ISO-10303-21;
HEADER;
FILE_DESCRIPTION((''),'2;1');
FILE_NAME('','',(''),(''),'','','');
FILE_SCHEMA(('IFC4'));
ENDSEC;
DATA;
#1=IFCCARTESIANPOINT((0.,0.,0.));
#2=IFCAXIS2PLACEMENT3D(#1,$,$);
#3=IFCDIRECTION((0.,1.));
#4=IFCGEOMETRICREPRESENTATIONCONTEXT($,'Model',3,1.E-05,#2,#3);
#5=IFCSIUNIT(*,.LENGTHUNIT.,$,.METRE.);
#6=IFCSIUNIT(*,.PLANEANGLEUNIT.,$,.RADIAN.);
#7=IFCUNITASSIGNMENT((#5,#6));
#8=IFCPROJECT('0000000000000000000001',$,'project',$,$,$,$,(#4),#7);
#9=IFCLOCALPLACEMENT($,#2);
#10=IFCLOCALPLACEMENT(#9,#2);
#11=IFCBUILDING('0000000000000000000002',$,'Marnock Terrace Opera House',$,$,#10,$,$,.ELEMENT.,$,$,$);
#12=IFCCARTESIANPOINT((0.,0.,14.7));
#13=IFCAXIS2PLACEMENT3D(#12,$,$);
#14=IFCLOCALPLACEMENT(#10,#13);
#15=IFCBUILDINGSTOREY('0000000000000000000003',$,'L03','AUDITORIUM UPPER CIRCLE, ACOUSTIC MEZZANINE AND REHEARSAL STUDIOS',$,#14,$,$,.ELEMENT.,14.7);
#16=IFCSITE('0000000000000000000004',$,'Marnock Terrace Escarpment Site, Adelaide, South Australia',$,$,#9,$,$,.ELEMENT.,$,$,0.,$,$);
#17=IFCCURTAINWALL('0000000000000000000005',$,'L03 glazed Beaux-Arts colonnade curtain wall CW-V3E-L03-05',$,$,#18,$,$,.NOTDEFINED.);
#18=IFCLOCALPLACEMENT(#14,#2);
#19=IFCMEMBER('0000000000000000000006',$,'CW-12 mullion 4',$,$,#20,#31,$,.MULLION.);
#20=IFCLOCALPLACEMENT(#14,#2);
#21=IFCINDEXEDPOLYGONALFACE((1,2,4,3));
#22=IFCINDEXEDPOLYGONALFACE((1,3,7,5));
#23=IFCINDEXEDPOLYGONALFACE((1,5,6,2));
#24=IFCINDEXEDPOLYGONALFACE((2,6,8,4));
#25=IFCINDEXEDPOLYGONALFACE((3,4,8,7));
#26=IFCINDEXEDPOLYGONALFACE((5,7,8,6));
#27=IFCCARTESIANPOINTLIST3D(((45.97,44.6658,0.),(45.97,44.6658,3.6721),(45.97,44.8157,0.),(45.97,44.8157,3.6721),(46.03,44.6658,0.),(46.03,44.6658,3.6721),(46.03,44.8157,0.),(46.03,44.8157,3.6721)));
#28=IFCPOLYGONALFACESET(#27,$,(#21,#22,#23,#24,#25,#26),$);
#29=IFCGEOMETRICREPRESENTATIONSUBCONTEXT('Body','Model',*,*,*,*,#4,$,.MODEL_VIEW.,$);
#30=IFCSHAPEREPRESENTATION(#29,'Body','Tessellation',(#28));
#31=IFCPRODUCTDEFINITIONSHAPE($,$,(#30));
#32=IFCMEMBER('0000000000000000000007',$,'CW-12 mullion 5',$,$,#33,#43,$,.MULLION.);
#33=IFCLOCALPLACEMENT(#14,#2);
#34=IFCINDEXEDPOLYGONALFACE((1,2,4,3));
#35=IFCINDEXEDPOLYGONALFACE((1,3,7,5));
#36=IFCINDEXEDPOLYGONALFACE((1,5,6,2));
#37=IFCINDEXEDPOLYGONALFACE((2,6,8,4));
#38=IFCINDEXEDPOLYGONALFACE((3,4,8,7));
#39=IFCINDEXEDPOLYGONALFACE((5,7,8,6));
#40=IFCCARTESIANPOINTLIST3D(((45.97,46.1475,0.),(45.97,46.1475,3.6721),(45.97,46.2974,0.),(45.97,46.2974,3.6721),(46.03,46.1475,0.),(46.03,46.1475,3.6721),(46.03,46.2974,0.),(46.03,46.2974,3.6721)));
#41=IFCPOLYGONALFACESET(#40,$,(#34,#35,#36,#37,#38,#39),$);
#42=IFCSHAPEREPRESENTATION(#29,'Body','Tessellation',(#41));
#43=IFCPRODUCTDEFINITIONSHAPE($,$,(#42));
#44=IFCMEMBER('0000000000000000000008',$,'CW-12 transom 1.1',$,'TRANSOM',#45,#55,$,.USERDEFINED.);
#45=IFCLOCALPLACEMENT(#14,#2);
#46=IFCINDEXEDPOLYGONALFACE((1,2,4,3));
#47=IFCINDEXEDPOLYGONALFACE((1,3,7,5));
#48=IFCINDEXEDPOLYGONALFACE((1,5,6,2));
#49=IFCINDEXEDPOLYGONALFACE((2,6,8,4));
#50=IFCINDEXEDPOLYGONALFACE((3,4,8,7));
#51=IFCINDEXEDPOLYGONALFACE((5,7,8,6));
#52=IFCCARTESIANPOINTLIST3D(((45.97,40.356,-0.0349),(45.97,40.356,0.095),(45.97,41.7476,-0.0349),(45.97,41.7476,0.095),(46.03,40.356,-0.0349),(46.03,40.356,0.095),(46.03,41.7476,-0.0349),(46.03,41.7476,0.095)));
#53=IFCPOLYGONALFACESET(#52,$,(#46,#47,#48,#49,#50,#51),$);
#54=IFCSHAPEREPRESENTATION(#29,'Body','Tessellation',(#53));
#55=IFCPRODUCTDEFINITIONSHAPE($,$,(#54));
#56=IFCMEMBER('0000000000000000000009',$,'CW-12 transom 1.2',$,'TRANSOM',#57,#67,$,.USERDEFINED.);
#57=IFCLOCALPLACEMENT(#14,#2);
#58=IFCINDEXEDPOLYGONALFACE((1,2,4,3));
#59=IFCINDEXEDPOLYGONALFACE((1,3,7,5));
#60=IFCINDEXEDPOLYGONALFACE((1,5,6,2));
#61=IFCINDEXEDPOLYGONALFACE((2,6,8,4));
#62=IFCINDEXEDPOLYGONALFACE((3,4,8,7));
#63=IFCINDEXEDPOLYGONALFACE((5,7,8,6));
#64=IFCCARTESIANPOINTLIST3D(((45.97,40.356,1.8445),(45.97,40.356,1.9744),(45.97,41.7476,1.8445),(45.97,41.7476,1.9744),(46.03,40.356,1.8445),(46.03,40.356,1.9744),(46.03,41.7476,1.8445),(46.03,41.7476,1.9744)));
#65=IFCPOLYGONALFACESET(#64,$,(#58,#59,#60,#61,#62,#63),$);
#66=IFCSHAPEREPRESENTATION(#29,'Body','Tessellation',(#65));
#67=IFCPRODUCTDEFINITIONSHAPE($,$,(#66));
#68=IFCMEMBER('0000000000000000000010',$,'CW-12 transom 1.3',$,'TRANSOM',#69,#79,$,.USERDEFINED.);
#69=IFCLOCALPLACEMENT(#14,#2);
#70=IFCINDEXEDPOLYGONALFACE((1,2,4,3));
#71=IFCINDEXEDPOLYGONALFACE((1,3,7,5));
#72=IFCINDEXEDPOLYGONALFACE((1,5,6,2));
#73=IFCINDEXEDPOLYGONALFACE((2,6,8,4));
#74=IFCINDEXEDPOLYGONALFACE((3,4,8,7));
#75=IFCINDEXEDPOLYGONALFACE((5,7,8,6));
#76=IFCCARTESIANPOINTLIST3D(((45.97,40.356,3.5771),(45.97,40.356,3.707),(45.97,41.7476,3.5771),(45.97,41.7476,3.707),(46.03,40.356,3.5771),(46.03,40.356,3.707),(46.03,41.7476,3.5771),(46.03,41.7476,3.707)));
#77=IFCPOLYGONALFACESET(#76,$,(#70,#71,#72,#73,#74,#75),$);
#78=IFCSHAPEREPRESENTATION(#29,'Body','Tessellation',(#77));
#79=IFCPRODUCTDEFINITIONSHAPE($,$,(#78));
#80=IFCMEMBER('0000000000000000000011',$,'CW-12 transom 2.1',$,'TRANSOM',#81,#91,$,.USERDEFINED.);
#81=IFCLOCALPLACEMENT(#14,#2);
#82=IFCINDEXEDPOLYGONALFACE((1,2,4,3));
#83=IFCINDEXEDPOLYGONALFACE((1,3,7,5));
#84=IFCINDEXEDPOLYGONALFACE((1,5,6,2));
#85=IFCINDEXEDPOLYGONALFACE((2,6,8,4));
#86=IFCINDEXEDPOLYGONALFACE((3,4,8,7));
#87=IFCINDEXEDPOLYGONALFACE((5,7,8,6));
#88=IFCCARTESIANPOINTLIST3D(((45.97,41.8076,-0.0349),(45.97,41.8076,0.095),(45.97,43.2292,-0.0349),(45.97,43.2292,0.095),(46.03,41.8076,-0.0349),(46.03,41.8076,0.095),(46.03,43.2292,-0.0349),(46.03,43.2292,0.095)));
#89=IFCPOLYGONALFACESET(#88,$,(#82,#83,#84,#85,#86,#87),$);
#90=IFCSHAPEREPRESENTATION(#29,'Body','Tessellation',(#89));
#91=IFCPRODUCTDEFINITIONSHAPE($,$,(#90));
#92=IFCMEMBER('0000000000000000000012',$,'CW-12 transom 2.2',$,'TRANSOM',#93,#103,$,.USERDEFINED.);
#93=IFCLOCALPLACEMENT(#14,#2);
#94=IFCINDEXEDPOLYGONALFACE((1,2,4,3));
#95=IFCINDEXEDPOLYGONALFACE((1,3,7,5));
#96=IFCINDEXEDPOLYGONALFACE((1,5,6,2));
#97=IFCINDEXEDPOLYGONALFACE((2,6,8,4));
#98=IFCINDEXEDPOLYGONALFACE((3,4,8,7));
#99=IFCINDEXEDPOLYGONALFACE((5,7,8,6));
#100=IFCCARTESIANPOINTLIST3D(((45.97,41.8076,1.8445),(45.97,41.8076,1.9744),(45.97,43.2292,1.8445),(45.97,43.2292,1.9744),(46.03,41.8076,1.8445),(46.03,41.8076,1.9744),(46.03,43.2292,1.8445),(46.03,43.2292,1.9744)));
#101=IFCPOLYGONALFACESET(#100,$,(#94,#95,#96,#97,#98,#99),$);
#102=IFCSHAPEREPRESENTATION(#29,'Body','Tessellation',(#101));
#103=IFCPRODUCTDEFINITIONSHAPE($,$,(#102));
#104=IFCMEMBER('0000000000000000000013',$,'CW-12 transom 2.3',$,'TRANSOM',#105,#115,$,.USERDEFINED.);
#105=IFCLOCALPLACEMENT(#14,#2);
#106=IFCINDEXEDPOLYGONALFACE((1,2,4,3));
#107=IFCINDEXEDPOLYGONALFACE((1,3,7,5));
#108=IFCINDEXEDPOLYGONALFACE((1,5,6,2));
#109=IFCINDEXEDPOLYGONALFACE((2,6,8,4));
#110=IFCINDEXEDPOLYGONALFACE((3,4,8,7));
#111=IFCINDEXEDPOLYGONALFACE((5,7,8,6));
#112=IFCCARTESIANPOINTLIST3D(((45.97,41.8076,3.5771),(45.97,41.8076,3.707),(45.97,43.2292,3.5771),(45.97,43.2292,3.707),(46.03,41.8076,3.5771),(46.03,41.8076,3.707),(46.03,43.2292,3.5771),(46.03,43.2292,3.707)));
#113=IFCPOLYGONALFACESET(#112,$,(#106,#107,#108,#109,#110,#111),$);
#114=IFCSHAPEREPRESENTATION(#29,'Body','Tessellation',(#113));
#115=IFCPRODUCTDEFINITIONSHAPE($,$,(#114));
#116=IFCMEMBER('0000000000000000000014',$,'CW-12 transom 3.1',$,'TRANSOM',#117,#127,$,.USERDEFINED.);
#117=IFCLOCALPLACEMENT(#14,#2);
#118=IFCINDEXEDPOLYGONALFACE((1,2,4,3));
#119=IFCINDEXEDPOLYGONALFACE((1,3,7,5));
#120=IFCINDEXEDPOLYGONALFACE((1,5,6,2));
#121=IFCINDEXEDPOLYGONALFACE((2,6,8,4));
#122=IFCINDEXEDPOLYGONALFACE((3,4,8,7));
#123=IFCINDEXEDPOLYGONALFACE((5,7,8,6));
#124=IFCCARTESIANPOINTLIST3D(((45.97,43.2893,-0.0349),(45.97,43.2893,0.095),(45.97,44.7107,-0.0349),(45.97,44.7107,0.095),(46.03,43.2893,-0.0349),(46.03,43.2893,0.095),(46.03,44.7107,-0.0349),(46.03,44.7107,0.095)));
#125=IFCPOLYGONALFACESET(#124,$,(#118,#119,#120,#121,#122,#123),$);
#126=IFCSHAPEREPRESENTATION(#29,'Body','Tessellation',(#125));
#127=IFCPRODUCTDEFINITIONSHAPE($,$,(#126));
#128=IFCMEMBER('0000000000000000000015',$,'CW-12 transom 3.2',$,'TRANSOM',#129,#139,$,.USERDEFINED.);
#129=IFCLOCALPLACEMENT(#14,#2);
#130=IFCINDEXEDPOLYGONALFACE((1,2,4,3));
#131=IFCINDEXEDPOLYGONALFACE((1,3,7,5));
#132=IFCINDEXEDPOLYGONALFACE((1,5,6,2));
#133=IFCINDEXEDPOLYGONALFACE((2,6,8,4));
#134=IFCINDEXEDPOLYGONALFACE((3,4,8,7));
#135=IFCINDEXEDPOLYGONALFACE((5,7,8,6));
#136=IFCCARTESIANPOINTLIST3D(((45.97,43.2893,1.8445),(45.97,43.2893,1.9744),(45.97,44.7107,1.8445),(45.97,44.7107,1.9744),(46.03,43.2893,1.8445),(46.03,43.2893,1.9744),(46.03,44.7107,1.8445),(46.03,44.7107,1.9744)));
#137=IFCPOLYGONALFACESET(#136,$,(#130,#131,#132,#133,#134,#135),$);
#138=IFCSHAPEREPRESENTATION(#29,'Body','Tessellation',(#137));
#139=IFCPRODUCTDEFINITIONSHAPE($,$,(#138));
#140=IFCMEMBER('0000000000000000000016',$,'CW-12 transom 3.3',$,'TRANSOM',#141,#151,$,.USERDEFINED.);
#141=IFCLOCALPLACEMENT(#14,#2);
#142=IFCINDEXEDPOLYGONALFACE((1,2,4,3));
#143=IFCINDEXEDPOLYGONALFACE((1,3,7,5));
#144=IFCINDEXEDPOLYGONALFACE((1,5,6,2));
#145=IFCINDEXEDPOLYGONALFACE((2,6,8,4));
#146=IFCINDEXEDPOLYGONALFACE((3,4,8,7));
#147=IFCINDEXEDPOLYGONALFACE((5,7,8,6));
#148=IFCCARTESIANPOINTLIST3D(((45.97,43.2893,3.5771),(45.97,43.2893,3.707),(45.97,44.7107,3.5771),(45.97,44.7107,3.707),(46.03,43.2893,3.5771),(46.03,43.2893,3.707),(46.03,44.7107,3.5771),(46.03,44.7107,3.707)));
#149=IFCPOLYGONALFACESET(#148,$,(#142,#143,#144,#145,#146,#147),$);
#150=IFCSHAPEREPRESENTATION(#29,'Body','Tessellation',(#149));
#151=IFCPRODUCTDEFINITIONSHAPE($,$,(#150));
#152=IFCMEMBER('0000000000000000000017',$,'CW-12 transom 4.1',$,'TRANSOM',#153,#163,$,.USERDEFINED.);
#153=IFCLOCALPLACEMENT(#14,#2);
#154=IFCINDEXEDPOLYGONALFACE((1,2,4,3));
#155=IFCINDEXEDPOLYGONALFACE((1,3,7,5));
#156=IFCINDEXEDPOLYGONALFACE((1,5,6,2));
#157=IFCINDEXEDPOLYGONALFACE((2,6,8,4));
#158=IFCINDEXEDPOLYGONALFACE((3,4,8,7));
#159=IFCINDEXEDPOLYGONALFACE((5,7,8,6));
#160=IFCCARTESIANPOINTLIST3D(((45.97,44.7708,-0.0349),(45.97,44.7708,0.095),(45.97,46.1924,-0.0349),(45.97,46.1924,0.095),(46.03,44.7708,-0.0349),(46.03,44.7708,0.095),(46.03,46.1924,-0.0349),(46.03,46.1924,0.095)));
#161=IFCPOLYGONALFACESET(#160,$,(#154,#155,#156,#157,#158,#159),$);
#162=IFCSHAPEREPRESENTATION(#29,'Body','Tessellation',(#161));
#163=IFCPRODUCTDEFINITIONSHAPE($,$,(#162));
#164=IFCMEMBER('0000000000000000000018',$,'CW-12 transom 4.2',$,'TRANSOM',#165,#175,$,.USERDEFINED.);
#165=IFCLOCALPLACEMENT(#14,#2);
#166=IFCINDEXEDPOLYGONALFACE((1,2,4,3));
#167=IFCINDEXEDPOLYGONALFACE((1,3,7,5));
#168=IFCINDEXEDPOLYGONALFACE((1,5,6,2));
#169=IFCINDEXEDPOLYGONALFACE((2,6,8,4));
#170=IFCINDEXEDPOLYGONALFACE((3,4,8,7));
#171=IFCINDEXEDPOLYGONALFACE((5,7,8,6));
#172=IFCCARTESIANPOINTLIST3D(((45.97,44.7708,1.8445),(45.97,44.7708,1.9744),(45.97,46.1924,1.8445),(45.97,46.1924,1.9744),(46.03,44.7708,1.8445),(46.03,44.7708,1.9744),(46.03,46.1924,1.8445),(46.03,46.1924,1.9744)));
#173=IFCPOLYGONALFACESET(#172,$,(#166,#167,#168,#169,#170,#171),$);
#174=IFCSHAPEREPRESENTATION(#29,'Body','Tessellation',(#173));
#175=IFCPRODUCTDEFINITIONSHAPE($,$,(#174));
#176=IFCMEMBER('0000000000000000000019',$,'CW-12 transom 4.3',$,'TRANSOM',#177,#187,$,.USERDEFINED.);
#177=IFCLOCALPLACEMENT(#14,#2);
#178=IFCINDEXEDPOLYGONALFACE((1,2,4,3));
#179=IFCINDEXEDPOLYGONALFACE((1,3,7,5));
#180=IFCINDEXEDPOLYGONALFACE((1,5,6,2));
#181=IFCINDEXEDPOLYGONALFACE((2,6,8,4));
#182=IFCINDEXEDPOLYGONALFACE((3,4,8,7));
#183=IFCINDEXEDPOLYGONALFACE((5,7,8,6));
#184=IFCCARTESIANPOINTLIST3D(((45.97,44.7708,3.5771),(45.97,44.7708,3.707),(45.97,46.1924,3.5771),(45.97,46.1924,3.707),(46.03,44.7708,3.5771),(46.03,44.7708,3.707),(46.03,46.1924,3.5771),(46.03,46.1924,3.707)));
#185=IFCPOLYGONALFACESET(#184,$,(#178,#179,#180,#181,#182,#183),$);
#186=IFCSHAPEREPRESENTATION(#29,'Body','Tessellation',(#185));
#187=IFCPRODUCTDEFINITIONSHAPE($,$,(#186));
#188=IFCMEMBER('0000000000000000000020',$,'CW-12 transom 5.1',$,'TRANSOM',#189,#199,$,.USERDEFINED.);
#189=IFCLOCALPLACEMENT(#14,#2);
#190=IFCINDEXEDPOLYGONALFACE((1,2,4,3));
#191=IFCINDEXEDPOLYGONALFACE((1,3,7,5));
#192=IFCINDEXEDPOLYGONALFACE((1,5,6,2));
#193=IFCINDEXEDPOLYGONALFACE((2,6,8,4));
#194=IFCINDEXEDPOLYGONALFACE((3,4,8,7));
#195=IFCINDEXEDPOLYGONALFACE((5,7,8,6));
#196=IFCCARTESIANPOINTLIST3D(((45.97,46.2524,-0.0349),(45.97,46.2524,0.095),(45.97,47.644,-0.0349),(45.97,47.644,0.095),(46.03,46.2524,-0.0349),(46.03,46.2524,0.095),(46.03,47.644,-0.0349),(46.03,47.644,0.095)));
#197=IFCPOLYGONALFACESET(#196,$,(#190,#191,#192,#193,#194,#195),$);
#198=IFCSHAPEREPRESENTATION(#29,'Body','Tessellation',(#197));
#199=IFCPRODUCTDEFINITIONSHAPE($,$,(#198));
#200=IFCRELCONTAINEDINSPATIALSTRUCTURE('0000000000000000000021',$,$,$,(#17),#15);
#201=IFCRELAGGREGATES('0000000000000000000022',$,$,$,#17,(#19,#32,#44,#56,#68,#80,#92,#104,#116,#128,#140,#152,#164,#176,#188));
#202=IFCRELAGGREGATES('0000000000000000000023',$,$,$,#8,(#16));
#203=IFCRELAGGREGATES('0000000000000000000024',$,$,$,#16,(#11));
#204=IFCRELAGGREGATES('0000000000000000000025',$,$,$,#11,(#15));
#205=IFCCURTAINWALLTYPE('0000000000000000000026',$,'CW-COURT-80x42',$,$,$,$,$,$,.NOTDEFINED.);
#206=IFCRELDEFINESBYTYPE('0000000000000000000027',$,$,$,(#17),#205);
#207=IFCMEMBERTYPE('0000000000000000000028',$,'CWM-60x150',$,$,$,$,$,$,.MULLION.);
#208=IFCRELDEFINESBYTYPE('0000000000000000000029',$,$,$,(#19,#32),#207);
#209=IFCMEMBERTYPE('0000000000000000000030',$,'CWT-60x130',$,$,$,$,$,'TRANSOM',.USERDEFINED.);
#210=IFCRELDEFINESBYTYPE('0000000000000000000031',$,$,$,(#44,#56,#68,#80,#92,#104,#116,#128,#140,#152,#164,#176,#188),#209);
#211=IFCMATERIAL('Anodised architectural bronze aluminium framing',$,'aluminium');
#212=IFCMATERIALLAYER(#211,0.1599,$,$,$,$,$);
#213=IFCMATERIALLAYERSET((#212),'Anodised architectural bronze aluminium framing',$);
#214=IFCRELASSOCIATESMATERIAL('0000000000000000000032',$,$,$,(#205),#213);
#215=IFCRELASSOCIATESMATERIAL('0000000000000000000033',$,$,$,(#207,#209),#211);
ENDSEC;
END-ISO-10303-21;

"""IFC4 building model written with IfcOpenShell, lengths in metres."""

from ifc_helpers import new_model, si_unit, direction, frame, origin, origin_2d, place, context, subcontext, project, spatial, rectangle, extrude, material, layer, layer_set, material_profile, profile_set, type_object, element, aggregate, save


model = new_model("IFC4")

# Units and contexts
model_context = context("Model", 3, precision=1e-05, world=origin(), true_north=direction((0.0, 1.0)))
body_context = subcontext(model_context, "Body", "Model", "MODEL_VIEW")
ifc_project = project(units=[si_unit("LENGTHUNIT", "METRE"), si_unit("PLANEANGLEUNIT", "RADIAN")], contexts=[model_context])

# Site, building, storey
site_placement = place(None, origin())
site = spatial("IfcSite", under=ifc_project, at=site_placement, Name="Marnock Terrace Escarpment Site, Adelaide, South Australia", CompositionType="ELEMENT", RefElevation=0.0)
building_placement = place(site_placement, origin())
building = spatial("IfcBuilding", under=site, at=building_placement, Name="Marnock Terrace Opera House", CompositionType="ELEMENT")
storey_placement = place(building_placement, frame((0.0, 0.0, 14.7)))
storey = spatial("IfcBuildingStorey", under=building, at=storey_placement, Name="L03", Description="AUDITORIUM UPPER CIRCLE, ACOUSTIC MEZZANINE AND REHEARSAL STUDIOS", CompositionType="ELEMENT", Elevation=14.7)

# Shared definitions
ifc_material_1 = material(Name="Anodised architectural bronze aluminium framing", Category="aluminium")
ifc_layer_1 = layer(ifc_material_1, 0.1599)
ifc_layer_set_1 = layer_set([ifc_layer_1], Name="Anodised architectural bronze aluminium framing")
curtain_wall_type = type_object("IfcCurtainWallType", Name="CW-COURT-80x42", PredefinedType="NOTDEFINED", material=ifc_layer_set_1)
ifc_material_profile_1 = material_profile(ifc_material_1, rectangle(XDim=0.0601, YDim=0.1499, at=origin_2d()))
ifc_profile_set_1 = profile_set([ifc_material_profile_1], Name="Anodised architectural bronze aluminium framing")
member_type_1 = type_object("IfcMemberType", Name="CWM-60x150", PredefinedType="MULLION", material=ifc_profile_set_1)

# Curtain wall, members
curtain_wall_1_placement = place(storey_placement, origin())
curtain_wall_1 = element("IfcCurtainWall", 1, at=curtain_wall_1_placement, inside=storey, type_object=curtain_wall_type, Name="L03 glazed Beaux-Arts colonnade curtain wall CW-V3E-L03-05", PredefinedType="NOTDEFINED")
member_1_placement = place(storey_placement, frame((46.0, 44.7407, 0.0), z_axis=(0.0, 0.0, 1.0), x_axis=(-1.0, 0.0, 0.0)))
member_1 = element("IfcMember", 2, at=member_1_placement, type_object=member_type_1, Name="CW-12 mullion 4", PredefinedType="MULLION", context=body_context, shape_type="SweptSolid", body=[
    extrude(rectangle(XDim=0.0601, YDim=0.1499, at=origin_2d()), origin(), (0.0, 0.0, 1.0), 3.6721),
])
member_2_placement = place(storey_placement, frame((46.0, 46.2224, 0.0), z_axis=(0.0, 0.0, 1.0), x_axis=(-1.0, 0.0, 0.0)))
member_2 = element("IfcMember", 3, at=member_2_placement, type_object=member_type_1, Name="CW-12 mullion 5", PredefinedType="MULLION", context=body_context, shape_type="SweptSolid", body=[
    extrude(rectangle(XDim=0.0601, YDim=0.1499, at=origin_2d()), origin(), (0.0, 0.0, 1.0), 3.6721),
])
ifc_material_profile_2 = material_profile(ifc_material_1, rectangle(XDim=0.0601, YDim=0.1299, at=origin_2d()))
ifc_profile_set_2 = profile_set([ifc_material_profile_2], Name="Anodised architectural bronze aluminium framing")
member_type_2 = type_object("IfcMemberType", Name="CWT-60x130", ElementType="TRANSOM", PredefinedType="USERDEFINED", material=ifc_profile_set_2)
member_3_placement = place(storey_placement, frame((46.0, 40.356, 0.03), z_axis=(0.0, 1.0, 0.0), x_axis=(-1.0, 0.0, 0.0)))
member_3 = element("IfcMember", 4, at=member_3_placement, type_object=member_type_2, Name="CW-12 transom 1.1", ObjectType="TRANSOM", PredefinedType="USERDEFINED", context=body_context, shape_type="SweptSolid", body=[
    extrude(rectangle(XDim=0.0601, YDim=0.1299, at=origin_2d()), origin(), (0.0, 0.0, 1.0), 1.3916),
])
member_4_placement = place(storey_placement, frame((46.0, 40.356, 1.9094), z_axis=(0.0, 1.0, 0.0), x_axis=(-1.0, 0.0, 0.0)))
member_4 = element("IfcMember", 5, at=member_4_placement, type_object=member_type_2, Name="CW-12 transom 1.2", ObjectType="TRANSOM", PredefinedType="USERDEFINED", context=body_context, shape_type="SweptSolid", body=[
    extrude(rectangle(XDim=0.0601, YDim=0.1299, at=origin_2d()), origin(), (0.0, 0.0, 1.0), 1.3916),
])
member_5_placement = place(storey_placement, frame((46.0, 40.356, 3.6421), z_axis=(0.0, 1.0, 0.0), x_axis=(-1.0, 0.0, 0.0)))
member_5 = element("IfcMember", 6, at=member_5_placement, type_object=member_type_2, Name="CW-12 transom 1.3", ObjectType="TRANSOM", PredefinedType="USERDEFINED", context=body_context, shape_type="SweptSolid", body=[
    extrude(rectangle(XDim=0.0601, YDim=0.1299, at=origin_2d()), origin(), (0.0, 0.0, 1.0), 1.3916),
])
member_6_placement = place(storey_placement, frame((46.0, 41.8076, 0.03), z_axis=(0.0, 1.0, 0.0), x_axis=(-1.0, 0.0, 0.0)))
member_6 = element("IfcMember", 7, at=member_6_placement, type_object=member_type_2, Name="CW-12 transom 2.1", ObjectType="TRANSOM", PredefinedType="USERDEFINED", context=body_context, shape_type="SweptSolid", body=[
    extrude(rectangle(XDim=0.0601, YDim=0.1299, at=origin_2d()), origin(), (0.0, 0.0, 1.0), 1.4216),
])
member_7_placement = place(storey_placement, frame((46.0, 41.8076, 1.9094), z_axis=(0.0, 1.0, 0.0), x_axis=(-1.0, 0.0, 0.0)))
member_7 = element("IfcMember", 8, at=member_7_placement, type_object=member_type_2, Name="CW-12 transom 2.2", ObjectType="TRANSOM", PredefinedType="USERDEFINED", context=body_context, shape_type="SweptSolid", body=[
    extrude(rectangle(XDim=0.0601, YDim=0.1299, at=origin_2d()), origin(), (0.0, 0.0, 1.0), 1.4216),
])
member_8_placement = place(storey_placement, frame((46.0, 41.8076, 3.6421), z_axis=(0.0, 1.0, 0.0), x_axis=(-1.0, 0.0, 0.0)))
member_8 = element("IfcMember", 9, at=member_8_placement, type_object=member_type_2, Name="CW-12 transom 2.3", ObjectType="TRANSOM", PredefinedType="USERDEFINED", context=body_context, shape_type="SweptSolid", body=[
    extrude(rectangle(XDim=0.0601, YDim=0.1299, at=origin_2d()), origin(), (0.0, 0.0, 1.0), 1.4216),
])
member_9_placement = place(storey_placement, frame((46.0, 43.2893, 0.03), z_axis=(0.0, 1.0, 0.0), x_axis=(-1.0, 0.0, 0.0)))
member_9 = element("IfcMember", 10, at=member_9_placement, type_object=member_type_2, Name="CW-12 transom 3.1", ObjectType="TRANSOM", PredefinedType="USERDEFINED", context=body_context, shape_type="SweptSolid", body=[
    extrude(rectangle(XDim=0.0601, YDim=0.1299, at=origin_2d()), origin(), (0.0, 0.0, 1.0), 1.4214),
])
member_10_placement = place(storey_placement, frame((46.0, 43.2893, 1.9094), z_axis=(0.0, 1.0, 0.0), x_axis=(-1.0, 0.0, 0.0)))
member_10 = element("IfcMember", 11, at=member_10_placement, type_object=member_type_2, Name="CW-12 transom 3.2", ObjectType="TRANSOM", PredefinedType="USERDEFINED", context=body_context, shape_type="SweptSolid", body=[
    extrude(rectangle(XDim=0.0601, YDim=0.1299, at=origin_2d()), origin(), (0.0, 0.0, 1.0), 1.4214),
])
member_11_placement = place(storey_placement, frame((46.0, 43.2893, 3.6421), z_axis=(0.0, 1.0, 0.0), x_axis=(-1.0, 0.0, 0.0)))
member_11 = element("IfcMember", 12, at=member_11_placement, type_object=member_type_2, Name="CW-12 transom 3.3", ObjectType="TRANSOM", PredefinedType="USERDEFINED", context=body_context, shape_type="SweptSolid", body=[
    extrude(rectangle(XDim=0.0601, YDim=0.1299, at=origin_2d()), origin(), (0.0, 0.0, 1.0), 1.4214),
])
member_12_placement = place(storey_placement, frame((46.0, 44.7708, 0.03), z_axis=(0.0, 1.0, 0.0), x_axis=(-1.0, 0.0, 0.0)))
member_12 = element("IfcMember", 13, at=member_12_placement, type_object=member_type_2, Name="CW-12 transom 4.1", ObjectType="TRANSOM", PredefinedType="USERDEFINED", context=body_context, shape_type="SweptSolid", body=[
    extrude(rectangle(XDim=0.0601, YDim=0.1299, at=origin_2d()), origin(), (0.0, 0.0, 1.0), 1.4216),
])
member_13_placement = place(storey_placement, frame((46.0, 44.7708, 1.9094), z_axis=(0.0, 1.0, 0.0), x_axis=(-1.0, 0.0, 0.0)))
member_13 = element("IfcMember", 14, at=member_13_placement, type_object=member_type_2, Name="CW-12 transom 4.2", ObjectType="TRANSOM", PredefinedType="USERDEFINED", context=body_context, shape_type="SweptSolid", body=[
    extrude(rectangle(XDim=0.0601, YDim=0.1299, at=origin_2d()), origin(), (0.0, 0.0, 1.0), 1.4216),
])
member_14_placement = place(storey_placement, frame((46.0, 44.7708, 3.6421), z_axis=(0.0, 1.0, 0.0), x_axis=(-1.0, 0.0, 0.0)))
member_14 = element("IfcMember", 15, at=member_14_placement, type_object=member_type_2, Name="CW-12 transom 4.3", ObjectType="TRANSOM", PredefinedType="USERDEFINED", context=body_context, shape_type="SweptSolid", body=[
    extrude(rectangle(XDim=0.0601, YDim=0.1299, at=origin_2d()), origin(), (0.0, 0.0, 1.0), 1.4216),
])
member_15_placement = place(storey_placement, frame((46.0, 46.2524, 0.03), z_axis=(0.0, 1.0, 0.0), x_axis=(-1.0, 0.0, 0.0)))
member_15 = element("IfcMember", 16, at=member_15_placement, type_object=member_type_2, Name="CW-12 transom 5.1", ObjectType="TRANSOM", PredefinedType="USERDEFINED", context=body_context, shape_type="SweptSolid", body=[
    extrude(rectangle(XDim=0.0601, YDim=0.1299, at=origin_2d()), origin(), (0.0, 0.0, 1.0), 1.3916),
])
aggregate(curtain_wall_1, [member_1, member_2, member_3, member_4, member_5, member_6, member_7, member_8, member_9, member_10, member_11, member_12, member_13, member_14, member_15])

save(model, "model.ifc")
